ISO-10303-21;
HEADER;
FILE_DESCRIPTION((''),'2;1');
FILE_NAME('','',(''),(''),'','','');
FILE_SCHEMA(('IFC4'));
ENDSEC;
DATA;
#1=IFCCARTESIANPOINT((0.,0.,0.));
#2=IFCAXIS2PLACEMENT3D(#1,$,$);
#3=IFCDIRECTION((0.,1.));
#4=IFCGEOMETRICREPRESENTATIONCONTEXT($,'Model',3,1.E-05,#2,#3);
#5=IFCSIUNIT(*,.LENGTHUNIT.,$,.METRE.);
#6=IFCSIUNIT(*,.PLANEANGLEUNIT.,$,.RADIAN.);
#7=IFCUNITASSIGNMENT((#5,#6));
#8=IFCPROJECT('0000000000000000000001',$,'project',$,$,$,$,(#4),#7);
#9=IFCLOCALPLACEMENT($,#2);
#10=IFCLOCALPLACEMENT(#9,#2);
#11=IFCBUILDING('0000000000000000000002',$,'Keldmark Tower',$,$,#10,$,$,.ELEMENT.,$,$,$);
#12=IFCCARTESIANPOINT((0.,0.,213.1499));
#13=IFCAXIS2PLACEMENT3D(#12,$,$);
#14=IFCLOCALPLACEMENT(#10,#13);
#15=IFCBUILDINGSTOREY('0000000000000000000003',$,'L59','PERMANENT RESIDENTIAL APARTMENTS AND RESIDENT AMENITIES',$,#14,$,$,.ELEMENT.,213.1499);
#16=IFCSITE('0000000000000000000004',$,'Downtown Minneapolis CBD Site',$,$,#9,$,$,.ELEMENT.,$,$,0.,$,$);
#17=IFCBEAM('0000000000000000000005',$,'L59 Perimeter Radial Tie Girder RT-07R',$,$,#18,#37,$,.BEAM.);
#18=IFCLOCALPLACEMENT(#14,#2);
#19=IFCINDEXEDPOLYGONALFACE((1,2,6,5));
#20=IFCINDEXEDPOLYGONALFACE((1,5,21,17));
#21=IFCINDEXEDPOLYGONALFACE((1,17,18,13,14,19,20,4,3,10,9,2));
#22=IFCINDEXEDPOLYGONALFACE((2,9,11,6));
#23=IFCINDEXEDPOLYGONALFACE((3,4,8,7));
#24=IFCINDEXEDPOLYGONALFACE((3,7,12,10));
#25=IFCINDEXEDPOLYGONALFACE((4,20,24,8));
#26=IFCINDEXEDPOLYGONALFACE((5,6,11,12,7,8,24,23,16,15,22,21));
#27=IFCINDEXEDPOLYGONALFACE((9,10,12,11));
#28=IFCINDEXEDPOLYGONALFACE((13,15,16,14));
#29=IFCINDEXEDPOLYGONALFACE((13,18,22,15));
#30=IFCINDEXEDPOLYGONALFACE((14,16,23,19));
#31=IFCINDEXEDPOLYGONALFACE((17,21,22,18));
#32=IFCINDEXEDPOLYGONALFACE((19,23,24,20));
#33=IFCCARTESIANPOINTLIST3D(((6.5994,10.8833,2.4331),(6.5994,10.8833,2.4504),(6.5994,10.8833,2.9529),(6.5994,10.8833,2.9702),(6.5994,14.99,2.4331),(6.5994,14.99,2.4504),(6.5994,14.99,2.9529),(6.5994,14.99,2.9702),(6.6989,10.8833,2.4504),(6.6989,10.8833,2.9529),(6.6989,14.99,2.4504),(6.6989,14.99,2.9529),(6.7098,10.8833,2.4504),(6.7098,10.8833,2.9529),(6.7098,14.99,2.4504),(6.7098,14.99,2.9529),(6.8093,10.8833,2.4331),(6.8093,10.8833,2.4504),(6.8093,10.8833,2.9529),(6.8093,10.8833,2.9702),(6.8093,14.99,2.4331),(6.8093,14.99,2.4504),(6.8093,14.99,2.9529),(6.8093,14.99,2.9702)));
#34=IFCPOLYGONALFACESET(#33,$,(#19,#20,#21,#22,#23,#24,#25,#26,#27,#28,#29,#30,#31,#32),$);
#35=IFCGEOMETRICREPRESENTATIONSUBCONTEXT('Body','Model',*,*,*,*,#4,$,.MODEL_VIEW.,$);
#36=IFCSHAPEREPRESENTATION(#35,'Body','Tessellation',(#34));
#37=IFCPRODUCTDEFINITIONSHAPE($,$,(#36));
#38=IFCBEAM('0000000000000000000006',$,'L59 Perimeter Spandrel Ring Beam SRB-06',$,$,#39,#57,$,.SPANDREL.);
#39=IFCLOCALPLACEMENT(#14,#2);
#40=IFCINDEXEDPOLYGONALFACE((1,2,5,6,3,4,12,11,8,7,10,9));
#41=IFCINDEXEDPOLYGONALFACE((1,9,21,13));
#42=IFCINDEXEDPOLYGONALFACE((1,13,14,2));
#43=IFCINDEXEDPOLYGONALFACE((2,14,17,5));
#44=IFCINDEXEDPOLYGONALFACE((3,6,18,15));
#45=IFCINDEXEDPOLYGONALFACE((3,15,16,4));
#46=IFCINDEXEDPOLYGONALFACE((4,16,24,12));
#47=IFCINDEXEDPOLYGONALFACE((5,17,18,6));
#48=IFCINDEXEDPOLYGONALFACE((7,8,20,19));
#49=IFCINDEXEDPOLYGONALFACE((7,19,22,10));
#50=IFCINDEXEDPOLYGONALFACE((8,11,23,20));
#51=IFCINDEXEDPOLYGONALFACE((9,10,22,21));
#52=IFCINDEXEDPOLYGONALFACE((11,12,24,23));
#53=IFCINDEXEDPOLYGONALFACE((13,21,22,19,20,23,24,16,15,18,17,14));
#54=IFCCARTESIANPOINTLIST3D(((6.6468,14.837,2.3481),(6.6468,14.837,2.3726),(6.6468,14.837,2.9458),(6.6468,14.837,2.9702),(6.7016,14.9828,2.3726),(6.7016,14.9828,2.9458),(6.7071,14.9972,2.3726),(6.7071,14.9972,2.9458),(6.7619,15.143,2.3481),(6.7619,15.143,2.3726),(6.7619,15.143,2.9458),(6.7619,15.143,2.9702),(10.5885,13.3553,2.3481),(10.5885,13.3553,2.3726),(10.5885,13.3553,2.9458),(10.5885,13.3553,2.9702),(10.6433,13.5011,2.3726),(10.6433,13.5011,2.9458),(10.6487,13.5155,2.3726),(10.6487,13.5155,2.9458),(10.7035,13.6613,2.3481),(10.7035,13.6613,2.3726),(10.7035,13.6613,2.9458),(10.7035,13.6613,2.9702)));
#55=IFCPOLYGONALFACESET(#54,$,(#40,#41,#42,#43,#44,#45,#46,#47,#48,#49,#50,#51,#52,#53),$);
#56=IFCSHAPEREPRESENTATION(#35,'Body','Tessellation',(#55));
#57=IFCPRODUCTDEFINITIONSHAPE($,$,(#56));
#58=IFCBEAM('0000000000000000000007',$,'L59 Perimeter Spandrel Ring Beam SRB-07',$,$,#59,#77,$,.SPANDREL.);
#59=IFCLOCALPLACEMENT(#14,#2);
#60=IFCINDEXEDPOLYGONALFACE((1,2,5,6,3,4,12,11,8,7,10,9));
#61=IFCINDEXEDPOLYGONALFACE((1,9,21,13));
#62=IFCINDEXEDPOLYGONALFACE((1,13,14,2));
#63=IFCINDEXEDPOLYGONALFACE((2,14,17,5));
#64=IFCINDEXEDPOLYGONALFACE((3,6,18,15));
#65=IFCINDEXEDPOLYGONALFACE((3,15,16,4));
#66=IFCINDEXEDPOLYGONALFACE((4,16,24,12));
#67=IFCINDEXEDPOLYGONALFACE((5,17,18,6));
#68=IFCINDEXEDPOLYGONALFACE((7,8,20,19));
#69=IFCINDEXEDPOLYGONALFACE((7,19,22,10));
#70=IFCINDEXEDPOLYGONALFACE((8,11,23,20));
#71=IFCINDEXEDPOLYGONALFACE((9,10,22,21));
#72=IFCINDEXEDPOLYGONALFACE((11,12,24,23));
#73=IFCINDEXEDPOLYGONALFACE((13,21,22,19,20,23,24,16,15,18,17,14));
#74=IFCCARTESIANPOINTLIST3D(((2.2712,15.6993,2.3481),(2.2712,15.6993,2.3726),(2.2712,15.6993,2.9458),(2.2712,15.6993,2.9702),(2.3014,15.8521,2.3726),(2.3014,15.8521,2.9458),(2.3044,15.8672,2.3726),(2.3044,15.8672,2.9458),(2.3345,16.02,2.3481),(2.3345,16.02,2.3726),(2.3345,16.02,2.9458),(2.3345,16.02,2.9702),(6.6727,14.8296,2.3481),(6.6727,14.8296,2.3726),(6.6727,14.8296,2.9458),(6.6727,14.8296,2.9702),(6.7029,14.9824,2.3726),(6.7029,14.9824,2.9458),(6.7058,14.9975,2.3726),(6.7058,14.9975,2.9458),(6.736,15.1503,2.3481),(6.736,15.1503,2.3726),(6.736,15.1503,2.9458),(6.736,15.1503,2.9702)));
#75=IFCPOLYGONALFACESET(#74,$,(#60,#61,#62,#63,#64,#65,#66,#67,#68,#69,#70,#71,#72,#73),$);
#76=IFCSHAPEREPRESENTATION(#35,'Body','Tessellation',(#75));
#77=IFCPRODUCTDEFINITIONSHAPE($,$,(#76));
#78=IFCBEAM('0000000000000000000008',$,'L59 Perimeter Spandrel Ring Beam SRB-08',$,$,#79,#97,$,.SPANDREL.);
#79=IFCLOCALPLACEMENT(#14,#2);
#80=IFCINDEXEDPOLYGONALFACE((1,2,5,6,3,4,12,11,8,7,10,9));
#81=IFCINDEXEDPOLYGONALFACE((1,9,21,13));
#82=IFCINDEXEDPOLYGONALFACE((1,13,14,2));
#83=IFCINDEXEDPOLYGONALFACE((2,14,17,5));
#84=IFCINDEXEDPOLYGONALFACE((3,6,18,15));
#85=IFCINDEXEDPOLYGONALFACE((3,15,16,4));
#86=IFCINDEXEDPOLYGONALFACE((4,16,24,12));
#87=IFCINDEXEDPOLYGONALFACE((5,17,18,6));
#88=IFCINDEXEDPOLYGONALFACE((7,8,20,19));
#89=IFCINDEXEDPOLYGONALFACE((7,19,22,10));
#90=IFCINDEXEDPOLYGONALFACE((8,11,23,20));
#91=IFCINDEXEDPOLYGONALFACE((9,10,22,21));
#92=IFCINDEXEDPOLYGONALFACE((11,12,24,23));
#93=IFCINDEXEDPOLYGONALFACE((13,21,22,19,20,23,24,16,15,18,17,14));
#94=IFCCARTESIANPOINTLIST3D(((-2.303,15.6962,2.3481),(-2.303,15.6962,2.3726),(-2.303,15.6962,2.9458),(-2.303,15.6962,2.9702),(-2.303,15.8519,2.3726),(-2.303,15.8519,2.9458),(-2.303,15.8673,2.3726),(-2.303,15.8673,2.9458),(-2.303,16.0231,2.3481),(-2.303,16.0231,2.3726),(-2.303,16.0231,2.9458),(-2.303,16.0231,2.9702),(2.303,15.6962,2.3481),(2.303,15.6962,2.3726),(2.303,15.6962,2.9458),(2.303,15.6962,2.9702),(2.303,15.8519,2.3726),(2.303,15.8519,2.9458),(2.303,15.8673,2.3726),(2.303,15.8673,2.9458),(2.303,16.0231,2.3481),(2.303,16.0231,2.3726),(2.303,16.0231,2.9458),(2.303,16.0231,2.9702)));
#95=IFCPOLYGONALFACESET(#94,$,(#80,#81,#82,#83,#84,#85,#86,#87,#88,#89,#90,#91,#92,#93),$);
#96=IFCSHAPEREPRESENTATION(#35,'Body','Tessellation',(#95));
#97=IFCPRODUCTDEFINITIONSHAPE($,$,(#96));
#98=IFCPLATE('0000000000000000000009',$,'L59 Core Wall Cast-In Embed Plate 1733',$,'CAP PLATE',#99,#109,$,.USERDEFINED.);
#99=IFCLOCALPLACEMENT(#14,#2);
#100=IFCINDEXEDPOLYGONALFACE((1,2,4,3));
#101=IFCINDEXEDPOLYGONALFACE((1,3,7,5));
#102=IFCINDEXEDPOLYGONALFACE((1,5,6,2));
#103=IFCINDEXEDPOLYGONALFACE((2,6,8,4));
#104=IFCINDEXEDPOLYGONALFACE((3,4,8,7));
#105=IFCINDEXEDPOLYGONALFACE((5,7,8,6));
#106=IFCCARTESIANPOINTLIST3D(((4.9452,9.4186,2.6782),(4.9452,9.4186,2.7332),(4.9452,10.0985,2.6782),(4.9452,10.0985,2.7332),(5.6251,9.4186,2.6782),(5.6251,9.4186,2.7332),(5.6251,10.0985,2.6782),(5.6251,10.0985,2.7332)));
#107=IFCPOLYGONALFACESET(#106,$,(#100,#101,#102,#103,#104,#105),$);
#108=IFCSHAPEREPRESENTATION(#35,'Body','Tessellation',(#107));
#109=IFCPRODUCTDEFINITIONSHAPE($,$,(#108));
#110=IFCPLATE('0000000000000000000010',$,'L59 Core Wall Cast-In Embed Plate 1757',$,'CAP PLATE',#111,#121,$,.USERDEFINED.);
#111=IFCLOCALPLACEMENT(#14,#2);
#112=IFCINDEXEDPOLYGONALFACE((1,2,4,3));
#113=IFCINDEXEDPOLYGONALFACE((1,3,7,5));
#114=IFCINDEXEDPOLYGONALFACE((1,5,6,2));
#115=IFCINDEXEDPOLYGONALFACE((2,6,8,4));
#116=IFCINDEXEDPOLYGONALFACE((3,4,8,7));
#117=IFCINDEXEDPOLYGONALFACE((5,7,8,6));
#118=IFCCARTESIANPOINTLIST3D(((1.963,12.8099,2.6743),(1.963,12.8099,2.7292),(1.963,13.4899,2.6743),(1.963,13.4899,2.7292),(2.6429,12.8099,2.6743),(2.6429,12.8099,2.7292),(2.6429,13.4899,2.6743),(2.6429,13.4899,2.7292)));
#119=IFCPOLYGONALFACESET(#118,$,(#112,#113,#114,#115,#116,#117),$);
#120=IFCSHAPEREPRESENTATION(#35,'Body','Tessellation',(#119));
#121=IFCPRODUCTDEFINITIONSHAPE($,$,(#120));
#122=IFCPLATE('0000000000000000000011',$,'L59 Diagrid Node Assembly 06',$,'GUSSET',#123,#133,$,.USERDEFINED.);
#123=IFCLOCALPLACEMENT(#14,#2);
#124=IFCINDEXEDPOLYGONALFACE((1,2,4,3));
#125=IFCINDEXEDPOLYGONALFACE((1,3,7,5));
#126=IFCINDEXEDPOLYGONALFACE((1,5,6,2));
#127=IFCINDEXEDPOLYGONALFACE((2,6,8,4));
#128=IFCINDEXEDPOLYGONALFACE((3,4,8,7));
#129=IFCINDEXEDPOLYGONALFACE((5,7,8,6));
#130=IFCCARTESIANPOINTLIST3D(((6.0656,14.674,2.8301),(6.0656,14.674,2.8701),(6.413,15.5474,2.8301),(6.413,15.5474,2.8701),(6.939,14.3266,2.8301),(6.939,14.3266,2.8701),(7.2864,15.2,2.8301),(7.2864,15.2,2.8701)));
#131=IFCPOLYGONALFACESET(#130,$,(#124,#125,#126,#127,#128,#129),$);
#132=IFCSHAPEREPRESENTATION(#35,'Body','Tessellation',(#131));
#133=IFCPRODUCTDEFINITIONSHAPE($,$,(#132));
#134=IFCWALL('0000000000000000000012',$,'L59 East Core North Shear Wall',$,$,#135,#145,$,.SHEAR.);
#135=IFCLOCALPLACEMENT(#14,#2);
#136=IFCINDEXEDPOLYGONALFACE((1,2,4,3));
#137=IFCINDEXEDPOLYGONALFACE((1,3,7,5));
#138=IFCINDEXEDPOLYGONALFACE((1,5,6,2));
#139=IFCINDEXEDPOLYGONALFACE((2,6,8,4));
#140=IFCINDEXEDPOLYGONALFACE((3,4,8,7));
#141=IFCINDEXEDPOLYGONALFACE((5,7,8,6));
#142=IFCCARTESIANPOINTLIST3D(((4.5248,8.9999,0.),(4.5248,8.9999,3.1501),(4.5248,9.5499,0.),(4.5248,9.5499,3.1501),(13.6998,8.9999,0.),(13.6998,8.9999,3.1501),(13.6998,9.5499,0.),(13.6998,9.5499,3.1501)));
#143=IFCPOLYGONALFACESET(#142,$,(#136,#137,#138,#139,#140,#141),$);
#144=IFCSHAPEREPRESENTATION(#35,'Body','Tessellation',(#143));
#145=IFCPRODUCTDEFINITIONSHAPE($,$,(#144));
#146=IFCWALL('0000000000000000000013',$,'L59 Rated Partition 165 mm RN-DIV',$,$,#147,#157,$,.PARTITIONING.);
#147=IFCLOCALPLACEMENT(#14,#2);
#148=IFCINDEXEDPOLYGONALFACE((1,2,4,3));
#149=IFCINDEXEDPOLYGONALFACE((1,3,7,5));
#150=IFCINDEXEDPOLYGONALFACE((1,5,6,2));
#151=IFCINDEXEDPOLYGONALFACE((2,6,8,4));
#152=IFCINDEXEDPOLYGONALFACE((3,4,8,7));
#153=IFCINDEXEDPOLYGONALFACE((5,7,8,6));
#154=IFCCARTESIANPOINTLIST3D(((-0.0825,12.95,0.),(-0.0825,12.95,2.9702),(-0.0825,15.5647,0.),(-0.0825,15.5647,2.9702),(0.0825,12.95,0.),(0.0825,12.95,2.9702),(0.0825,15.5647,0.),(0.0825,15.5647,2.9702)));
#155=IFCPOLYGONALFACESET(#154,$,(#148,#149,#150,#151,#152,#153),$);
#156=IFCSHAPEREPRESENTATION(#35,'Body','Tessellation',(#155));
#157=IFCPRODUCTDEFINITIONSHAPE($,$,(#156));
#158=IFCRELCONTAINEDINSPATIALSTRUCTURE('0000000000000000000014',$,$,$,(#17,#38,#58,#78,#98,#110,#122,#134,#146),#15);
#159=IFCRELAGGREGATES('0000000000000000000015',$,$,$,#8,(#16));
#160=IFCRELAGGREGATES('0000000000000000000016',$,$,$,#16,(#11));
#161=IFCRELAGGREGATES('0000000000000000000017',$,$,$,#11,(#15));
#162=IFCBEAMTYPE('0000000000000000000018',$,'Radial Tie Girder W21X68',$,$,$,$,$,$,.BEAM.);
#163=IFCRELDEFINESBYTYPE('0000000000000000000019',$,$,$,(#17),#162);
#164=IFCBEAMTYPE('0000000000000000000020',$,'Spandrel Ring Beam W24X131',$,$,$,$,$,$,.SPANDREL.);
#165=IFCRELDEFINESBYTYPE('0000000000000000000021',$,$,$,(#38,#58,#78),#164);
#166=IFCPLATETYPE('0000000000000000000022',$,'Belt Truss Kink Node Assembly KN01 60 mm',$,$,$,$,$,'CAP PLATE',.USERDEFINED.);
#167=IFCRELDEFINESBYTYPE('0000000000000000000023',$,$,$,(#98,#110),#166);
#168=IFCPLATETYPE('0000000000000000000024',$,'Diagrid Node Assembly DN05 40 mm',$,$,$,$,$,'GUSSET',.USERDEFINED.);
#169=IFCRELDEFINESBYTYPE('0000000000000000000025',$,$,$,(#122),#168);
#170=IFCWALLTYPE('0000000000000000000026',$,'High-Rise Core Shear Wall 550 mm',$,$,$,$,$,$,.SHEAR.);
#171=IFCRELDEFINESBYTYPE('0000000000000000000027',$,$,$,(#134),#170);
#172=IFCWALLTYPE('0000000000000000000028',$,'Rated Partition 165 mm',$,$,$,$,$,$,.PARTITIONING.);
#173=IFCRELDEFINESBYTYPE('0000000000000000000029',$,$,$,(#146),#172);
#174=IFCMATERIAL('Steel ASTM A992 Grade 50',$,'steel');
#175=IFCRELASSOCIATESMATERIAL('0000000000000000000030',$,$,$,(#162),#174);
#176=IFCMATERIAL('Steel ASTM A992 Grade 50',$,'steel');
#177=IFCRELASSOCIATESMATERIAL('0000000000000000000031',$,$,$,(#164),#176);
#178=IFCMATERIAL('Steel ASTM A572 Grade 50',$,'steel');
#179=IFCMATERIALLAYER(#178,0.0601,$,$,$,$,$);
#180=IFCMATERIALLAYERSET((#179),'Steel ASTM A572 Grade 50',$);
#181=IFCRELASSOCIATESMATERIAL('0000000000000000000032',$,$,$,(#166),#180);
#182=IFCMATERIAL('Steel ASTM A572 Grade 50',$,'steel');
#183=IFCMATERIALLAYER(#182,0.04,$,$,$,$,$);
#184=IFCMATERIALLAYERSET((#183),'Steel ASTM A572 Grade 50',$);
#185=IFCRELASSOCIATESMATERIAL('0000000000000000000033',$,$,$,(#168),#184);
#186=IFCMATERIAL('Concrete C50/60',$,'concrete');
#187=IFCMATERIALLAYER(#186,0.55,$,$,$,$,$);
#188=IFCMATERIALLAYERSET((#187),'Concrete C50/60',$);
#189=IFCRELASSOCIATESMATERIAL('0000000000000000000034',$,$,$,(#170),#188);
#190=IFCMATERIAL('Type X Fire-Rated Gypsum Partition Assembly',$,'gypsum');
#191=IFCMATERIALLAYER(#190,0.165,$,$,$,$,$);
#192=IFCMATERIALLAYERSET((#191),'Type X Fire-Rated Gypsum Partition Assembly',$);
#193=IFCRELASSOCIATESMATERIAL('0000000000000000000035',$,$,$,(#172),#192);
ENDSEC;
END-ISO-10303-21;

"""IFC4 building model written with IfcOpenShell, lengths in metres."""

from ifc_helpers import new_model, si_unit, direction, frame, frame_2d, origin, origin_2d, place, context, subcontext, project, spatial, rectangle, i_section, extrude, material, layer, layer_set, material_profile, profile_set, type_object, element, save


model = new_model("IFC4")

# Units and contexts
model_context = context("Model", 3, precision=1e-05, world=origin(), true_north=direction((0.0, 1.0)))
body_context = subcontext(model_context, "Body", "Model", "MODEL_VIEW")
ifc_project = project(units=[si_unit("LENGTHUNIT", "METRE"), si_unit("PLANEANGLEUNIT", "RADIAN")], contexts=[model_context])

# Site, building, storey
site_placement = place(None, origin())
site = spatial("IfcSite", under=ifc_project, at=site_placement, Name="Downtown Minneapolis CBD Site", CompositionType="ELEMENT", RefElevation=0.0)
building_placement = place(site_placement, origin())
building = spatial("IfcBuilding", under=site, at=building_placement, Name="Keldmark Tower", CompositionType="ELEMENT")
storey_placement = place(building_placement, frame((0.0, 0.0, 213.1499)))
storey = spatial("IfcBuildingStorey", under=building, at=storey_placement, Name="L59", Description="PERMANENT RESIDENTIAL APARTMENTS AND RESIDENT AMENITIES", CompositionType="ELEMENT", Elevation=213.1499)

# Beams
ifc_material_1 = material(Name="Steel ASTM A992 Grade 50", Category="steel")
ifc_material_profile_1 = material_profile(ifc_material_1, i_section(OverallWidth=0.21, OverallDepth=0.5371, WebThickness=0.011, FlangeThickness=0.0173, at=origin_2d()), Name="W21X68")
ifc_profile_set_1 = profile_set([ifc_material_profile_1], Name="Steel ASTM A992 Grade 50")
beam_type_1 = type_object("IfcBeamType", Name="Radial Tie Girder W21X68", PredefinedType="BEAM", material=ifc_profile_set_1)
beam_1_placement = place(storey_placement, frame((6.7043, 10.8833, 2.7017), z_axis=(0.0, 1.0, 0.0), x_axis=(-1.0, 0.0, 0.0)))
element("IfcBeam", 1, at=beam_1_placement, inside=storey, type_object=beam_type_1, Name="L59 Perimeter Radial Tie Girder RT-07R", PredefinedType="BEAM", context=body_context, shape_type="SweptSolid", body=[
    extrude(i_section(OverallWidth=0.21, OverallDepth=0.5371, WebThickness=0.011, FlangeThickness=0.0173, at=origin_2d()), origin(), (0.0, 0.0, 1.0), 4.1067),
])
ifc_material_2 = material(Name="Steel ASTM A992 Grade 50", Category="steel")
ifc_material_profile_2 = material_profile(ifc_material_2, i_section(OverallWidth=0.3269, OverallDepth=0.6221, WebThickness=0.0154, FlangeThickness=0.0244, at=origin_2d()), Name="W24X131")
ifc_profile_set_2 = profile_set([ifc_material_profile_2], Name="Steel ASTM A992 Grade 50")
beam_type_2 = type_object("IfcBeamType", Name="Spandrel Ring Beam W24X131", PredefinedType="SPANDREL", material=ifc_profile_set_2)
beam_2_placement = place(storey_placement, frame((10.646, 13.5083, 2.6592), z_axis=(-0.93605, 0.351867, 0.0), x_axis=(-0.351867, -0.93605, 0.0)))
element("IfcBeam", 2, at=beam_2_placement, inside=storey, type_object=beam_type_2, Name="L59 Perimeter Spandrel Ring Beam SRB-06", PredefinedType="SPANDREL", context=body_context, shape_type="SweptSolid", body=[
    extrude(i_section(OverallWidth=0.3269, OverallDepth=0.6221, WebThickness=0.0154, FlangeThickness=0.0244, at=origin_2d()), origin(), (0.0, 0.0, 1.0), 4.2109),
])
beam_3_placement = place(storey_placement, frame((6.7043, 14.99, 2.6592), z_axis=(-0.981034, 0.193834, 0.0), x_axis=(-0.193834, -0.981034, 0.0)))
element("IfcBeam", 3, at=beam_3_placement, inside=storey, type_object=beam_type_2, Name="L59 Perimeter Spandrel Ring Beam SRB-07", PredefinedType="SPANDREL", context=body_context, shape_type="SweptSolid", body=[
    extrude(i_section(OverallWidth=0.3269, OverallDepth=0.6221, WebThickness=0.0154, FlangeThickness=0.0244, at=origin_2d()), origin(), (0.0, 0.0, 1.0), 4.4866),
])
beam_4_placement = place(storey_placement, frame((2.303, 15.8596, 2.6592), z_axis=(-1.0, 0.0, 0.0), x_axis=(0.0, -1.0, 0.0)))
element("IfcBeam", 4, at=beam_4_placement, inside=storey, type_object=beam_type_2, Name="L59 Perimeter Spandrel Ring Beam SRB-08", PredefinedType="SPANDREL", context=body_context, shape_type="SweptSolid", body=[
    extrude(i_section(OverallWidth=0.3269, OverallDepth=0.6221, WebThickness=0.0154, FlangeThickness=0.0244, at=origin_2d()), origin(), (0.0, 0.0, 1.0), 4.606),
])

# Plates
ifc_material_3 = material(Name="Steel ASTM A572 Grade 50", Category="steel")
ifc_layer_1 = layer(ifc_material_3, 0.0601)
ifc_layer_set_1 = layer_set([ifc_layer_1], Name="Steel ASTM A572 Grade 50")
plate_type_1 = type_object("IfcPlateType", Name="Belt Truss Kink Node Assembly KN01 60 mm", ElementType="CAP PLATE", PredefinedType="USERDEFINED", material=ifc_layer_set_1)
for number, where, z_axis, x_axis, name in (
    (5, (5.2852, 9.7585, 2.6782), (0.0, 0.0, 1.0), (1.0, 0.0, 0.0), "L59 Core Wall Cast-In Embed Plate 1733"),
    (6, (2.303, 13.1499, 2.6743), (0.0, 0.0, 1.0), (1.0, 0.0, 0.0), "L59 Core Wall Cast-In Embed Plate 1757"),
):
    element("IfcPlate", number, at=place(storey_placement, frame(where, z_axis=z_axis, x_axis=x_axis)), inside=storey, type_object=plate_type_1, Name=name, ObjectType="CAP PLATE", PredefinedType="USERDEFINED", context=body_context, shape_type="SweptSolid", body=[
        extrude(rectangle(XDim=0.6799, YDim=0.6799, at=origin_2d()), origin(), (0.0, 0.0, 1.0), 0.0549),
    ])
ifc_material_4 = material(Name="Steel ASTM A572 Grade 50", Category="steel")
ifc_layer_2 = layer(ifc_material_4, 0.04)
ifc_layer_set_2 = layer_set([ifc_layer_2], Name="Steel ASTM A572 Grade 50")
plate_type_2 = type_object("IfcPlateType", Name="Diagrid Node Assembly DN05 40 mm", ElementType="GUSSET", PredefinedType="USERDEFINED", material=ifc_layer_set_2)
plate_placement = place(storey_placement, frame((6.676, 14.937, 2.8301), z_axis=(0.0, 0.0, 1.0), x_axis=(-0.929197, 0.369585, 0.0)))
element("IfcPlate", 7, at=plate_placement, inside=storey, type_object=plate_type_2, Name="L59 Diagrid Node Assembly 06", ObjectType="GUSSET", PredefinedType="USERDEFINED", context=body_context, shape_type="SweptSolid", body=[
    extrude(rectangle(XDim=0.9399, YDim=0.9399, at=origin_2d()), origin(), (0.0, 0.0, 1.0), 0.04),
])

# Walls
ifc_material_5 = material(Name="Concrete C50/60", Category="concrete")
ifc_layer_3 = layer(ifc_material_5, 0.55)
ifc_layer_set_3 = layer_set([ifc_layer_3], Name="Concrete C50/60")
wall_type_1 = type_object("IfcWallType", Name="High-Rise Core Shear Wall 550 mm", PredefinedType="SHEAR", material=ifc_layer_set_3)
wall_1_placement = place(storey_placement, frame((4.5249, 9.2749, 0.0), z_axis=(0.0, 0.0, 1.0), x_axis=(1.0, 0.0, 0.0)))
element("IfcWall", 8, at=wall_1_placement, inside=storey, type_object=wall_type_1, Name="L59 East Core North Shear Wall", PredefinedType="SHEAR", context=body_context, shape_type="SweptSolid", body=[
    extrude(rectangle(XDim=9.175, YDim=0.55, at=frame_2d((4.5874, 0.0))), origin(), (0.0, 0.0, 1.0), 3.1501),
])
ifc_material_6 = material(Name="Type X Fire-Rated Gypsum Partition Assembly", Category="gypsum")
ifc_layer_4 = layer(ifc_material_6, 0.165)
ifc_layer_set_4 = layer_set([ifc_layer_4], Name="Type X Fire-Rated Gypsum Partition Assembly")
wall_type_2 = type_object("IfcWallType", Name="Rated Partition 165 mm", PredefinedType="PARTITIONING", material=ifc_layer_set_4)
wall_2_placement = place(storey_placement, frame((0.0, 12.95, 0.0), z_axis=(0.0, 0.0, 1.0), x_axis=(0.0, 1.0, 0.0)))
element("IfcWall", 9, at=wall_2_placement, inside=storey, type_object=wall_type_2, Name="L59 Rated Partition 165 mm RN-DIV", PredefinedType="PARTITIONING", context=body_context, shape_type="SweptSolid", body=[
    extrude(rectangle(XDim=2.6147, YDim=0.165, at=frame_2d((1.3074, 0.0))), origin(), (0.0, 0.0, 1.0), 2.9702),
])

save(model, "model.ifc")
